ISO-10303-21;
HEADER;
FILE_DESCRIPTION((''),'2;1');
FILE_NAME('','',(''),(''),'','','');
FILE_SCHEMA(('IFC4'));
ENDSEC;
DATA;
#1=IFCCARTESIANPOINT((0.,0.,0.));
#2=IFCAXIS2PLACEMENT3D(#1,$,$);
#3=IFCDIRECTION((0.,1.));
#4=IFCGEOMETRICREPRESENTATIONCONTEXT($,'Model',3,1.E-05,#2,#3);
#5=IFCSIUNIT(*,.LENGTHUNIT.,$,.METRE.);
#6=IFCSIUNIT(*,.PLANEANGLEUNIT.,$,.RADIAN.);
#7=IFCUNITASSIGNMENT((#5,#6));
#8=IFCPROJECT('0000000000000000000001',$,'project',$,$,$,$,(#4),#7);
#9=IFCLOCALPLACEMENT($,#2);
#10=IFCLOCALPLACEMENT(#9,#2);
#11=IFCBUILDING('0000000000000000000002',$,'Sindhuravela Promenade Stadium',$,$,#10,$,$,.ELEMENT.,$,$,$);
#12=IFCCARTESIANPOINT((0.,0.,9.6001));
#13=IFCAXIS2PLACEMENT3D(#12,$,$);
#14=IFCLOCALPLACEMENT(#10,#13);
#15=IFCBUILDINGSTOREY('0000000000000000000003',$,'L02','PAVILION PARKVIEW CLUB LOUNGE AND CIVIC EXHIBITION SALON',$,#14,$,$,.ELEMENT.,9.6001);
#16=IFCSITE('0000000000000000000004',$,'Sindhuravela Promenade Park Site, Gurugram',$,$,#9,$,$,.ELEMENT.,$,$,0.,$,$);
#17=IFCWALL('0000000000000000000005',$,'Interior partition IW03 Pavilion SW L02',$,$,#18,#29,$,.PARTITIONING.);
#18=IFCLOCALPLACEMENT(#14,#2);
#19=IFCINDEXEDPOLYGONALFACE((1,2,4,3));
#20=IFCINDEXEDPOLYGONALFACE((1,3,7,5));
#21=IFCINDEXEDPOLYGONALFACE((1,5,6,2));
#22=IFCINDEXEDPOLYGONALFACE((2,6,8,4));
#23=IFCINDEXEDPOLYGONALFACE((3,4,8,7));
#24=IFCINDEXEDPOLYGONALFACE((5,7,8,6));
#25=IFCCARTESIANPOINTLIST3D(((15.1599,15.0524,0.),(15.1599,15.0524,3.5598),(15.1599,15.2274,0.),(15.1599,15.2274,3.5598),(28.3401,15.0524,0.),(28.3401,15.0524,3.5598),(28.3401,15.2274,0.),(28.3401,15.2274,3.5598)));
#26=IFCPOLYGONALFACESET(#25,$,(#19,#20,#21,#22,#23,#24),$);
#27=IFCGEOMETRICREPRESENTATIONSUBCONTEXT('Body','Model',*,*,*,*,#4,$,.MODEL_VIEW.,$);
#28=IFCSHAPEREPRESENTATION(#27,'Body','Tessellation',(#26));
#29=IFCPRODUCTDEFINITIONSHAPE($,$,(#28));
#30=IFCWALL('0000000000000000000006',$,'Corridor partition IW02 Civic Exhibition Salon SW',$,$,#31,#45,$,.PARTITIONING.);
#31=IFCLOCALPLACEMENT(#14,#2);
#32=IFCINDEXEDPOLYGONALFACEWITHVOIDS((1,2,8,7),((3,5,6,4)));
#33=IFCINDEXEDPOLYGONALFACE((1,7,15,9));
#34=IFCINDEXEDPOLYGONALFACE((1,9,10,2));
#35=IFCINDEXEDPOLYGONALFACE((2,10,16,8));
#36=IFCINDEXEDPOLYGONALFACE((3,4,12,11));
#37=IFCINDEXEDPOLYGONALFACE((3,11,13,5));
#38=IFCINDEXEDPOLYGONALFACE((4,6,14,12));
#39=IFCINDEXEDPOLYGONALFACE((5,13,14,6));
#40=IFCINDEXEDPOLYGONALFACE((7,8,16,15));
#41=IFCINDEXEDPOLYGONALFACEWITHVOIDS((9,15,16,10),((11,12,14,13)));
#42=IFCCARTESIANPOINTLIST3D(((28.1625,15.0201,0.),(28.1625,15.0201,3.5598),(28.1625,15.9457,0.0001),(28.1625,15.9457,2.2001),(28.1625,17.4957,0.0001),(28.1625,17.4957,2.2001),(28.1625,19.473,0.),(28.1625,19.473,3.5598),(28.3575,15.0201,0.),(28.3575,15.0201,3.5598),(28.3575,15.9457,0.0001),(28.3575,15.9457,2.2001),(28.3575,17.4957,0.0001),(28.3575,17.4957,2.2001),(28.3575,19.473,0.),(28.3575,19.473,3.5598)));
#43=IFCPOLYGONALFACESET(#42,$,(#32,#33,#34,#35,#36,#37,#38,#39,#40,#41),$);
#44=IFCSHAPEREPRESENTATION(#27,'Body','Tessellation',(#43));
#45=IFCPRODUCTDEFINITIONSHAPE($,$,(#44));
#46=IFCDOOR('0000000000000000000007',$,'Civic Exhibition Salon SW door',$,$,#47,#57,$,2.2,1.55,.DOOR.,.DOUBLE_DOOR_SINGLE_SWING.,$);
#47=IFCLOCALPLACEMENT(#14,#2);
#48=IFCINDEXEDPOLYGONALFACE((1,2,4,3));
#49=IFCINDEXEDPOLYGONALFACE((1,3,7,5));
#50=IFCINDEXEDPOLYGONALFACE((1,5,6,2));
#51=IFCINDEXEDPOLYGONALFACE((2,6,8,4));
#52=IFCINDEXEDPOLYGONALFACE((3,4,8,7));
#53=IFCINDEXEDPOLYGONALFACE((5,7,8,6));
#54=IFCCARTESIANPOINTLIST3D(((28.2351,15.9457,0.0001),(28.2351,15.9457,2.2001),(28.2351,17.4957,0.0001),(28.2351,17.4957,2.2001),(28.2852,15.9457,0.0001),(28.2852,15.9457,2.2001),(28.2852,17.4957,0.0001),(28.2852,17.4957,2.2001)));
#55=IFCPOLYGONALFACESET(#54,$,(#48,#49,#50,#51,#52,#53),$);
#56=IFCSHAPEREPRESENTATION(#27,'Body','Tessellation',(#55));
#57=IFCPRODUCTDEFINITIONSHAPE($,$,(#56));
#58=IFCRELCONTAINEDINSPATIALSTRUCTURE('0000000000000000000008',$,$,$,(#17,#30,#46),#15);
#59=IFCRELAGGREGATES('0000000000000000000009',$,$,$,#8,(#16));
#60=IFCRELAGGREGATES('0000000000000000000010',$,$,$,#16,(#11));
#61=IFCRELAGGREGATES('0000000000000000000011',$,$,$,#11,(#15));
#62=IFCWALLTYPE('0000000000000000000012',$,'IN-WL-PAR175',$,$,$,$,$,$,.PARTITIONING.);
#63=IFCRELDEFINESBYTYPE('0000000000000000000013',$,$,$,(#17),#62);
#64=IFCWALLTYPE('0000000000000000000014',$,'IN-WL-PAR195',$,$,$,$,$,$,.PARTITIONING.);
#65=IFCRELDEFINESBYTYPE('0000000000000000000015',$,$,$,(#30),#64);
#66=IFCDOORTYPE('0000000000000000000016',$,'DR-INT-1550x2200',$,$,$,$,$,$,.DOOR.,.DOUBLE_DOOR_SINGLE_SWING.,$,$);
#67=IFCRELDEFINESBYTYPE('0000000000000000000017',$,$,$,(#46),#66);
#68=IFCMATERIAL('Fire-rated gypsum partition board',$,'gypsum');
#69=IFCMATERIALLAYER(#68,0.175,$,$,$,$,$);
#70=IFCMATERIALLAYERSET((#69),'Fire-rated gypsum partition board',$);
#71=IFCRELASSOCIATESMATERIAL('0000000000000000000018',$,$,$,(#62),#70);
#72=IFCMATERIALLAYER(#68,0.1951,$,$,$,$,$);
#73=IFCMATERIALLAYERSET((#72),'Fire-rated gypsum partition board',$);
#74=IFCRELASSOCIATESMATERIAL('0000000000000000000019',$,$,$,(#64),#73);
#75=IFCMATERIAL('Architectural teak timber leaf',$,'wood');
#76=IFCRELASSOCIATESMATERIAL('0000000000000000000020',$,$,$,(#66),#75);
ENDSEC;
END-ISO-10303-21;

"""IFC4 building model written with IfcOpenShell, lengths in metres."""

from ifc_helpers import new_model, si_unit, direction, frame, frame_2d, origin, place, context, subcontext, project, spatial, rectangle, extrude, material, layer, layer_set, type_object, element, fill, save


model = new_model("IFC4")

# Units and contexts
model_context = context("Model", 3, precision=1e-05, world=origin(), true_north=direction((0.0, 1.0)))
body_context = subcontext(model_context, "Body", "Model", "MODEL_VIEW")
ifc_project = project(units=[si_unit("LENGTHUNIT", "METRE"), si_unit("PLANEANGLEUNIT", "RADIAN")], contexts=[model_context])

# Site, building, storey
site_placement = place(None, origin())
site = spatial("IfcSite", under=ifc_project, at=site_placement, Name="Sindhuravela Promenade Park Site, Gurugram", CompositionType="ELEMENT", RefElevation=0.0)
building_placement = place(site_placement, origin())
building = spatial("IfcBuilding", under=site, at=building_placement, Name="Sindhuravela Promenade Stadium", CompositionType="ELEMENT")
storey_placement = place(building_placement, frame((0.0, 0.0, 9.6001)))
storey = spatial("IfcBuildingStorey", under=building, at=storey_placement, Name="L02", Description="PAVILION PARKVIEW CLUB LOUNGE AND CIVIC EXHIBITION SALON", CompositionType="ELEMENT", Elevation=9.6001)

# Shared definitions
ifc_material_1 = material(Name="Fire-rated gypsum partition board", Category="gypsum")

# Shared definitions
ifc_material_2 = material(Name="Architectural teak timber leaf", Category="wood")

# Wall
ifc_layer_1 = layer(ifc_material_1, 0.175)
ifc_layer_set_1 = layer_set([ifc_layer_1], Name="Fire-rated gypsum partition board")
wall_type_1 = type_object("IfcWallType", Name="IN-WL-PAR175", PredefinedType="PARTITIONING", material=ifc_layer_set_1)
wall_1_placement = place(storey_placement, frame((28.3401, 15.1399, 0.0), z_axis=(0.0, 0.0, 1.0), x_axis=(-1.0, 0.0, 0.0)))
element("IfcWall", 1, at=wall_1_placement, inside=storey, type_object=wall_type_1, Name="Interior partition IW03 Pavilion SW L02", PredefinedType="PARTITIONING", context=body_context, shape_type="SweptSolid", body=[
    extrude(rectangle(XDim=13.1802, YDim=0.175, at=frame_2d((6.5901, 0.0))), origin(), (0.0, 0.0, 1.0), 3.5598),
])

# Wall, opening, door
ifc_layer_2 = layer(ifc_material_1, 0.1951)
ifc_layer_set_2 = layer_set([ifc_layer_2], Name="Fire-rated gypsum partition board")
wall_type_2 = type_object("IfcWallType", Name="IN-WL-PAR195", PredefinedType="PARTITIONING", material=ifc_layer_set_2)
wall_2_placement = place(storey_placement, frame((28.26, 15.02, 0.0), z_axis=(0.0, 0.0, 1.0), x_axis=(0.0, 1.0, 0.0)))
wall_2 = element("IfcWall", 2, at=wall_2_placement, inside=storey, type_object=wall_type_2, Name="Corridor partition IW02 Civic Exhibition Salon SW", PredefinedType="PARTITIONING", context=body_context, shape_type="SweptSolid", body=[
    extrude(rectangle(XDim=4.4529, YDim=0.1951, at=frame_2d((2.2266, 0.0))), origin(), (0.0, 0.0, 1.0), 3.5598),
])
opening_1_placement = place(wall_2_placement, frame((0.9258, 0.0, 0.0)))
opening_1 = element("IfcOpeningElement", 3, at=opening_1_placement, cuts=wall_2, PredefinedType="OPENING", context=body_context, shape_type="SweptSolid", body=[
    extrude(rectangle(XDim=1.55, YDim=2.2, at=frame_2d((0.7749, 1.1001))), frame((0.0, 0.1074, 0.0), z_axis=(0.0, -1.0, 0.0), x_axis=(1.0, 0.0, 0.0)), (0.0, 0.0, 1.0), 0.2151),
])
door_type_1 = type_object("IfcDoorType", Name="DR-INT-1550x2200", OperationType="DOUBLE_DOOR_SINGLE_SWING", PredefinedType="DOOR", material=ifc_material_2)
door_1_placement = place(opening_1_placement, origin())
door_1 = element("IfcDoor", 4, at=door_1_placement, inside=storey, type_object=door_type_1, Name="Civic Exhibition Salon SW door", OperationType="DOUBLE_DOOR_SINGLE_SWING", OverallHeight=2.2, OverallWidth=1.55, PredefinedType="DOOR", context=body_context, shape_type="SweptSolid", body=[
    extrude(rectangle(XDim=1.55, YDim=2.2, at=frame_2d((0.7749, 1.1001))), frame((0.0, 0.0249, 0.0), z_axis=(0.0, -1.0, 0.0), x_axis=(1.0, 0.0, 0.0)), (0.0, 0.0, 1.0), 0.05),
])
fill(opening_1, door_1)

save(model, "model.ifc")
